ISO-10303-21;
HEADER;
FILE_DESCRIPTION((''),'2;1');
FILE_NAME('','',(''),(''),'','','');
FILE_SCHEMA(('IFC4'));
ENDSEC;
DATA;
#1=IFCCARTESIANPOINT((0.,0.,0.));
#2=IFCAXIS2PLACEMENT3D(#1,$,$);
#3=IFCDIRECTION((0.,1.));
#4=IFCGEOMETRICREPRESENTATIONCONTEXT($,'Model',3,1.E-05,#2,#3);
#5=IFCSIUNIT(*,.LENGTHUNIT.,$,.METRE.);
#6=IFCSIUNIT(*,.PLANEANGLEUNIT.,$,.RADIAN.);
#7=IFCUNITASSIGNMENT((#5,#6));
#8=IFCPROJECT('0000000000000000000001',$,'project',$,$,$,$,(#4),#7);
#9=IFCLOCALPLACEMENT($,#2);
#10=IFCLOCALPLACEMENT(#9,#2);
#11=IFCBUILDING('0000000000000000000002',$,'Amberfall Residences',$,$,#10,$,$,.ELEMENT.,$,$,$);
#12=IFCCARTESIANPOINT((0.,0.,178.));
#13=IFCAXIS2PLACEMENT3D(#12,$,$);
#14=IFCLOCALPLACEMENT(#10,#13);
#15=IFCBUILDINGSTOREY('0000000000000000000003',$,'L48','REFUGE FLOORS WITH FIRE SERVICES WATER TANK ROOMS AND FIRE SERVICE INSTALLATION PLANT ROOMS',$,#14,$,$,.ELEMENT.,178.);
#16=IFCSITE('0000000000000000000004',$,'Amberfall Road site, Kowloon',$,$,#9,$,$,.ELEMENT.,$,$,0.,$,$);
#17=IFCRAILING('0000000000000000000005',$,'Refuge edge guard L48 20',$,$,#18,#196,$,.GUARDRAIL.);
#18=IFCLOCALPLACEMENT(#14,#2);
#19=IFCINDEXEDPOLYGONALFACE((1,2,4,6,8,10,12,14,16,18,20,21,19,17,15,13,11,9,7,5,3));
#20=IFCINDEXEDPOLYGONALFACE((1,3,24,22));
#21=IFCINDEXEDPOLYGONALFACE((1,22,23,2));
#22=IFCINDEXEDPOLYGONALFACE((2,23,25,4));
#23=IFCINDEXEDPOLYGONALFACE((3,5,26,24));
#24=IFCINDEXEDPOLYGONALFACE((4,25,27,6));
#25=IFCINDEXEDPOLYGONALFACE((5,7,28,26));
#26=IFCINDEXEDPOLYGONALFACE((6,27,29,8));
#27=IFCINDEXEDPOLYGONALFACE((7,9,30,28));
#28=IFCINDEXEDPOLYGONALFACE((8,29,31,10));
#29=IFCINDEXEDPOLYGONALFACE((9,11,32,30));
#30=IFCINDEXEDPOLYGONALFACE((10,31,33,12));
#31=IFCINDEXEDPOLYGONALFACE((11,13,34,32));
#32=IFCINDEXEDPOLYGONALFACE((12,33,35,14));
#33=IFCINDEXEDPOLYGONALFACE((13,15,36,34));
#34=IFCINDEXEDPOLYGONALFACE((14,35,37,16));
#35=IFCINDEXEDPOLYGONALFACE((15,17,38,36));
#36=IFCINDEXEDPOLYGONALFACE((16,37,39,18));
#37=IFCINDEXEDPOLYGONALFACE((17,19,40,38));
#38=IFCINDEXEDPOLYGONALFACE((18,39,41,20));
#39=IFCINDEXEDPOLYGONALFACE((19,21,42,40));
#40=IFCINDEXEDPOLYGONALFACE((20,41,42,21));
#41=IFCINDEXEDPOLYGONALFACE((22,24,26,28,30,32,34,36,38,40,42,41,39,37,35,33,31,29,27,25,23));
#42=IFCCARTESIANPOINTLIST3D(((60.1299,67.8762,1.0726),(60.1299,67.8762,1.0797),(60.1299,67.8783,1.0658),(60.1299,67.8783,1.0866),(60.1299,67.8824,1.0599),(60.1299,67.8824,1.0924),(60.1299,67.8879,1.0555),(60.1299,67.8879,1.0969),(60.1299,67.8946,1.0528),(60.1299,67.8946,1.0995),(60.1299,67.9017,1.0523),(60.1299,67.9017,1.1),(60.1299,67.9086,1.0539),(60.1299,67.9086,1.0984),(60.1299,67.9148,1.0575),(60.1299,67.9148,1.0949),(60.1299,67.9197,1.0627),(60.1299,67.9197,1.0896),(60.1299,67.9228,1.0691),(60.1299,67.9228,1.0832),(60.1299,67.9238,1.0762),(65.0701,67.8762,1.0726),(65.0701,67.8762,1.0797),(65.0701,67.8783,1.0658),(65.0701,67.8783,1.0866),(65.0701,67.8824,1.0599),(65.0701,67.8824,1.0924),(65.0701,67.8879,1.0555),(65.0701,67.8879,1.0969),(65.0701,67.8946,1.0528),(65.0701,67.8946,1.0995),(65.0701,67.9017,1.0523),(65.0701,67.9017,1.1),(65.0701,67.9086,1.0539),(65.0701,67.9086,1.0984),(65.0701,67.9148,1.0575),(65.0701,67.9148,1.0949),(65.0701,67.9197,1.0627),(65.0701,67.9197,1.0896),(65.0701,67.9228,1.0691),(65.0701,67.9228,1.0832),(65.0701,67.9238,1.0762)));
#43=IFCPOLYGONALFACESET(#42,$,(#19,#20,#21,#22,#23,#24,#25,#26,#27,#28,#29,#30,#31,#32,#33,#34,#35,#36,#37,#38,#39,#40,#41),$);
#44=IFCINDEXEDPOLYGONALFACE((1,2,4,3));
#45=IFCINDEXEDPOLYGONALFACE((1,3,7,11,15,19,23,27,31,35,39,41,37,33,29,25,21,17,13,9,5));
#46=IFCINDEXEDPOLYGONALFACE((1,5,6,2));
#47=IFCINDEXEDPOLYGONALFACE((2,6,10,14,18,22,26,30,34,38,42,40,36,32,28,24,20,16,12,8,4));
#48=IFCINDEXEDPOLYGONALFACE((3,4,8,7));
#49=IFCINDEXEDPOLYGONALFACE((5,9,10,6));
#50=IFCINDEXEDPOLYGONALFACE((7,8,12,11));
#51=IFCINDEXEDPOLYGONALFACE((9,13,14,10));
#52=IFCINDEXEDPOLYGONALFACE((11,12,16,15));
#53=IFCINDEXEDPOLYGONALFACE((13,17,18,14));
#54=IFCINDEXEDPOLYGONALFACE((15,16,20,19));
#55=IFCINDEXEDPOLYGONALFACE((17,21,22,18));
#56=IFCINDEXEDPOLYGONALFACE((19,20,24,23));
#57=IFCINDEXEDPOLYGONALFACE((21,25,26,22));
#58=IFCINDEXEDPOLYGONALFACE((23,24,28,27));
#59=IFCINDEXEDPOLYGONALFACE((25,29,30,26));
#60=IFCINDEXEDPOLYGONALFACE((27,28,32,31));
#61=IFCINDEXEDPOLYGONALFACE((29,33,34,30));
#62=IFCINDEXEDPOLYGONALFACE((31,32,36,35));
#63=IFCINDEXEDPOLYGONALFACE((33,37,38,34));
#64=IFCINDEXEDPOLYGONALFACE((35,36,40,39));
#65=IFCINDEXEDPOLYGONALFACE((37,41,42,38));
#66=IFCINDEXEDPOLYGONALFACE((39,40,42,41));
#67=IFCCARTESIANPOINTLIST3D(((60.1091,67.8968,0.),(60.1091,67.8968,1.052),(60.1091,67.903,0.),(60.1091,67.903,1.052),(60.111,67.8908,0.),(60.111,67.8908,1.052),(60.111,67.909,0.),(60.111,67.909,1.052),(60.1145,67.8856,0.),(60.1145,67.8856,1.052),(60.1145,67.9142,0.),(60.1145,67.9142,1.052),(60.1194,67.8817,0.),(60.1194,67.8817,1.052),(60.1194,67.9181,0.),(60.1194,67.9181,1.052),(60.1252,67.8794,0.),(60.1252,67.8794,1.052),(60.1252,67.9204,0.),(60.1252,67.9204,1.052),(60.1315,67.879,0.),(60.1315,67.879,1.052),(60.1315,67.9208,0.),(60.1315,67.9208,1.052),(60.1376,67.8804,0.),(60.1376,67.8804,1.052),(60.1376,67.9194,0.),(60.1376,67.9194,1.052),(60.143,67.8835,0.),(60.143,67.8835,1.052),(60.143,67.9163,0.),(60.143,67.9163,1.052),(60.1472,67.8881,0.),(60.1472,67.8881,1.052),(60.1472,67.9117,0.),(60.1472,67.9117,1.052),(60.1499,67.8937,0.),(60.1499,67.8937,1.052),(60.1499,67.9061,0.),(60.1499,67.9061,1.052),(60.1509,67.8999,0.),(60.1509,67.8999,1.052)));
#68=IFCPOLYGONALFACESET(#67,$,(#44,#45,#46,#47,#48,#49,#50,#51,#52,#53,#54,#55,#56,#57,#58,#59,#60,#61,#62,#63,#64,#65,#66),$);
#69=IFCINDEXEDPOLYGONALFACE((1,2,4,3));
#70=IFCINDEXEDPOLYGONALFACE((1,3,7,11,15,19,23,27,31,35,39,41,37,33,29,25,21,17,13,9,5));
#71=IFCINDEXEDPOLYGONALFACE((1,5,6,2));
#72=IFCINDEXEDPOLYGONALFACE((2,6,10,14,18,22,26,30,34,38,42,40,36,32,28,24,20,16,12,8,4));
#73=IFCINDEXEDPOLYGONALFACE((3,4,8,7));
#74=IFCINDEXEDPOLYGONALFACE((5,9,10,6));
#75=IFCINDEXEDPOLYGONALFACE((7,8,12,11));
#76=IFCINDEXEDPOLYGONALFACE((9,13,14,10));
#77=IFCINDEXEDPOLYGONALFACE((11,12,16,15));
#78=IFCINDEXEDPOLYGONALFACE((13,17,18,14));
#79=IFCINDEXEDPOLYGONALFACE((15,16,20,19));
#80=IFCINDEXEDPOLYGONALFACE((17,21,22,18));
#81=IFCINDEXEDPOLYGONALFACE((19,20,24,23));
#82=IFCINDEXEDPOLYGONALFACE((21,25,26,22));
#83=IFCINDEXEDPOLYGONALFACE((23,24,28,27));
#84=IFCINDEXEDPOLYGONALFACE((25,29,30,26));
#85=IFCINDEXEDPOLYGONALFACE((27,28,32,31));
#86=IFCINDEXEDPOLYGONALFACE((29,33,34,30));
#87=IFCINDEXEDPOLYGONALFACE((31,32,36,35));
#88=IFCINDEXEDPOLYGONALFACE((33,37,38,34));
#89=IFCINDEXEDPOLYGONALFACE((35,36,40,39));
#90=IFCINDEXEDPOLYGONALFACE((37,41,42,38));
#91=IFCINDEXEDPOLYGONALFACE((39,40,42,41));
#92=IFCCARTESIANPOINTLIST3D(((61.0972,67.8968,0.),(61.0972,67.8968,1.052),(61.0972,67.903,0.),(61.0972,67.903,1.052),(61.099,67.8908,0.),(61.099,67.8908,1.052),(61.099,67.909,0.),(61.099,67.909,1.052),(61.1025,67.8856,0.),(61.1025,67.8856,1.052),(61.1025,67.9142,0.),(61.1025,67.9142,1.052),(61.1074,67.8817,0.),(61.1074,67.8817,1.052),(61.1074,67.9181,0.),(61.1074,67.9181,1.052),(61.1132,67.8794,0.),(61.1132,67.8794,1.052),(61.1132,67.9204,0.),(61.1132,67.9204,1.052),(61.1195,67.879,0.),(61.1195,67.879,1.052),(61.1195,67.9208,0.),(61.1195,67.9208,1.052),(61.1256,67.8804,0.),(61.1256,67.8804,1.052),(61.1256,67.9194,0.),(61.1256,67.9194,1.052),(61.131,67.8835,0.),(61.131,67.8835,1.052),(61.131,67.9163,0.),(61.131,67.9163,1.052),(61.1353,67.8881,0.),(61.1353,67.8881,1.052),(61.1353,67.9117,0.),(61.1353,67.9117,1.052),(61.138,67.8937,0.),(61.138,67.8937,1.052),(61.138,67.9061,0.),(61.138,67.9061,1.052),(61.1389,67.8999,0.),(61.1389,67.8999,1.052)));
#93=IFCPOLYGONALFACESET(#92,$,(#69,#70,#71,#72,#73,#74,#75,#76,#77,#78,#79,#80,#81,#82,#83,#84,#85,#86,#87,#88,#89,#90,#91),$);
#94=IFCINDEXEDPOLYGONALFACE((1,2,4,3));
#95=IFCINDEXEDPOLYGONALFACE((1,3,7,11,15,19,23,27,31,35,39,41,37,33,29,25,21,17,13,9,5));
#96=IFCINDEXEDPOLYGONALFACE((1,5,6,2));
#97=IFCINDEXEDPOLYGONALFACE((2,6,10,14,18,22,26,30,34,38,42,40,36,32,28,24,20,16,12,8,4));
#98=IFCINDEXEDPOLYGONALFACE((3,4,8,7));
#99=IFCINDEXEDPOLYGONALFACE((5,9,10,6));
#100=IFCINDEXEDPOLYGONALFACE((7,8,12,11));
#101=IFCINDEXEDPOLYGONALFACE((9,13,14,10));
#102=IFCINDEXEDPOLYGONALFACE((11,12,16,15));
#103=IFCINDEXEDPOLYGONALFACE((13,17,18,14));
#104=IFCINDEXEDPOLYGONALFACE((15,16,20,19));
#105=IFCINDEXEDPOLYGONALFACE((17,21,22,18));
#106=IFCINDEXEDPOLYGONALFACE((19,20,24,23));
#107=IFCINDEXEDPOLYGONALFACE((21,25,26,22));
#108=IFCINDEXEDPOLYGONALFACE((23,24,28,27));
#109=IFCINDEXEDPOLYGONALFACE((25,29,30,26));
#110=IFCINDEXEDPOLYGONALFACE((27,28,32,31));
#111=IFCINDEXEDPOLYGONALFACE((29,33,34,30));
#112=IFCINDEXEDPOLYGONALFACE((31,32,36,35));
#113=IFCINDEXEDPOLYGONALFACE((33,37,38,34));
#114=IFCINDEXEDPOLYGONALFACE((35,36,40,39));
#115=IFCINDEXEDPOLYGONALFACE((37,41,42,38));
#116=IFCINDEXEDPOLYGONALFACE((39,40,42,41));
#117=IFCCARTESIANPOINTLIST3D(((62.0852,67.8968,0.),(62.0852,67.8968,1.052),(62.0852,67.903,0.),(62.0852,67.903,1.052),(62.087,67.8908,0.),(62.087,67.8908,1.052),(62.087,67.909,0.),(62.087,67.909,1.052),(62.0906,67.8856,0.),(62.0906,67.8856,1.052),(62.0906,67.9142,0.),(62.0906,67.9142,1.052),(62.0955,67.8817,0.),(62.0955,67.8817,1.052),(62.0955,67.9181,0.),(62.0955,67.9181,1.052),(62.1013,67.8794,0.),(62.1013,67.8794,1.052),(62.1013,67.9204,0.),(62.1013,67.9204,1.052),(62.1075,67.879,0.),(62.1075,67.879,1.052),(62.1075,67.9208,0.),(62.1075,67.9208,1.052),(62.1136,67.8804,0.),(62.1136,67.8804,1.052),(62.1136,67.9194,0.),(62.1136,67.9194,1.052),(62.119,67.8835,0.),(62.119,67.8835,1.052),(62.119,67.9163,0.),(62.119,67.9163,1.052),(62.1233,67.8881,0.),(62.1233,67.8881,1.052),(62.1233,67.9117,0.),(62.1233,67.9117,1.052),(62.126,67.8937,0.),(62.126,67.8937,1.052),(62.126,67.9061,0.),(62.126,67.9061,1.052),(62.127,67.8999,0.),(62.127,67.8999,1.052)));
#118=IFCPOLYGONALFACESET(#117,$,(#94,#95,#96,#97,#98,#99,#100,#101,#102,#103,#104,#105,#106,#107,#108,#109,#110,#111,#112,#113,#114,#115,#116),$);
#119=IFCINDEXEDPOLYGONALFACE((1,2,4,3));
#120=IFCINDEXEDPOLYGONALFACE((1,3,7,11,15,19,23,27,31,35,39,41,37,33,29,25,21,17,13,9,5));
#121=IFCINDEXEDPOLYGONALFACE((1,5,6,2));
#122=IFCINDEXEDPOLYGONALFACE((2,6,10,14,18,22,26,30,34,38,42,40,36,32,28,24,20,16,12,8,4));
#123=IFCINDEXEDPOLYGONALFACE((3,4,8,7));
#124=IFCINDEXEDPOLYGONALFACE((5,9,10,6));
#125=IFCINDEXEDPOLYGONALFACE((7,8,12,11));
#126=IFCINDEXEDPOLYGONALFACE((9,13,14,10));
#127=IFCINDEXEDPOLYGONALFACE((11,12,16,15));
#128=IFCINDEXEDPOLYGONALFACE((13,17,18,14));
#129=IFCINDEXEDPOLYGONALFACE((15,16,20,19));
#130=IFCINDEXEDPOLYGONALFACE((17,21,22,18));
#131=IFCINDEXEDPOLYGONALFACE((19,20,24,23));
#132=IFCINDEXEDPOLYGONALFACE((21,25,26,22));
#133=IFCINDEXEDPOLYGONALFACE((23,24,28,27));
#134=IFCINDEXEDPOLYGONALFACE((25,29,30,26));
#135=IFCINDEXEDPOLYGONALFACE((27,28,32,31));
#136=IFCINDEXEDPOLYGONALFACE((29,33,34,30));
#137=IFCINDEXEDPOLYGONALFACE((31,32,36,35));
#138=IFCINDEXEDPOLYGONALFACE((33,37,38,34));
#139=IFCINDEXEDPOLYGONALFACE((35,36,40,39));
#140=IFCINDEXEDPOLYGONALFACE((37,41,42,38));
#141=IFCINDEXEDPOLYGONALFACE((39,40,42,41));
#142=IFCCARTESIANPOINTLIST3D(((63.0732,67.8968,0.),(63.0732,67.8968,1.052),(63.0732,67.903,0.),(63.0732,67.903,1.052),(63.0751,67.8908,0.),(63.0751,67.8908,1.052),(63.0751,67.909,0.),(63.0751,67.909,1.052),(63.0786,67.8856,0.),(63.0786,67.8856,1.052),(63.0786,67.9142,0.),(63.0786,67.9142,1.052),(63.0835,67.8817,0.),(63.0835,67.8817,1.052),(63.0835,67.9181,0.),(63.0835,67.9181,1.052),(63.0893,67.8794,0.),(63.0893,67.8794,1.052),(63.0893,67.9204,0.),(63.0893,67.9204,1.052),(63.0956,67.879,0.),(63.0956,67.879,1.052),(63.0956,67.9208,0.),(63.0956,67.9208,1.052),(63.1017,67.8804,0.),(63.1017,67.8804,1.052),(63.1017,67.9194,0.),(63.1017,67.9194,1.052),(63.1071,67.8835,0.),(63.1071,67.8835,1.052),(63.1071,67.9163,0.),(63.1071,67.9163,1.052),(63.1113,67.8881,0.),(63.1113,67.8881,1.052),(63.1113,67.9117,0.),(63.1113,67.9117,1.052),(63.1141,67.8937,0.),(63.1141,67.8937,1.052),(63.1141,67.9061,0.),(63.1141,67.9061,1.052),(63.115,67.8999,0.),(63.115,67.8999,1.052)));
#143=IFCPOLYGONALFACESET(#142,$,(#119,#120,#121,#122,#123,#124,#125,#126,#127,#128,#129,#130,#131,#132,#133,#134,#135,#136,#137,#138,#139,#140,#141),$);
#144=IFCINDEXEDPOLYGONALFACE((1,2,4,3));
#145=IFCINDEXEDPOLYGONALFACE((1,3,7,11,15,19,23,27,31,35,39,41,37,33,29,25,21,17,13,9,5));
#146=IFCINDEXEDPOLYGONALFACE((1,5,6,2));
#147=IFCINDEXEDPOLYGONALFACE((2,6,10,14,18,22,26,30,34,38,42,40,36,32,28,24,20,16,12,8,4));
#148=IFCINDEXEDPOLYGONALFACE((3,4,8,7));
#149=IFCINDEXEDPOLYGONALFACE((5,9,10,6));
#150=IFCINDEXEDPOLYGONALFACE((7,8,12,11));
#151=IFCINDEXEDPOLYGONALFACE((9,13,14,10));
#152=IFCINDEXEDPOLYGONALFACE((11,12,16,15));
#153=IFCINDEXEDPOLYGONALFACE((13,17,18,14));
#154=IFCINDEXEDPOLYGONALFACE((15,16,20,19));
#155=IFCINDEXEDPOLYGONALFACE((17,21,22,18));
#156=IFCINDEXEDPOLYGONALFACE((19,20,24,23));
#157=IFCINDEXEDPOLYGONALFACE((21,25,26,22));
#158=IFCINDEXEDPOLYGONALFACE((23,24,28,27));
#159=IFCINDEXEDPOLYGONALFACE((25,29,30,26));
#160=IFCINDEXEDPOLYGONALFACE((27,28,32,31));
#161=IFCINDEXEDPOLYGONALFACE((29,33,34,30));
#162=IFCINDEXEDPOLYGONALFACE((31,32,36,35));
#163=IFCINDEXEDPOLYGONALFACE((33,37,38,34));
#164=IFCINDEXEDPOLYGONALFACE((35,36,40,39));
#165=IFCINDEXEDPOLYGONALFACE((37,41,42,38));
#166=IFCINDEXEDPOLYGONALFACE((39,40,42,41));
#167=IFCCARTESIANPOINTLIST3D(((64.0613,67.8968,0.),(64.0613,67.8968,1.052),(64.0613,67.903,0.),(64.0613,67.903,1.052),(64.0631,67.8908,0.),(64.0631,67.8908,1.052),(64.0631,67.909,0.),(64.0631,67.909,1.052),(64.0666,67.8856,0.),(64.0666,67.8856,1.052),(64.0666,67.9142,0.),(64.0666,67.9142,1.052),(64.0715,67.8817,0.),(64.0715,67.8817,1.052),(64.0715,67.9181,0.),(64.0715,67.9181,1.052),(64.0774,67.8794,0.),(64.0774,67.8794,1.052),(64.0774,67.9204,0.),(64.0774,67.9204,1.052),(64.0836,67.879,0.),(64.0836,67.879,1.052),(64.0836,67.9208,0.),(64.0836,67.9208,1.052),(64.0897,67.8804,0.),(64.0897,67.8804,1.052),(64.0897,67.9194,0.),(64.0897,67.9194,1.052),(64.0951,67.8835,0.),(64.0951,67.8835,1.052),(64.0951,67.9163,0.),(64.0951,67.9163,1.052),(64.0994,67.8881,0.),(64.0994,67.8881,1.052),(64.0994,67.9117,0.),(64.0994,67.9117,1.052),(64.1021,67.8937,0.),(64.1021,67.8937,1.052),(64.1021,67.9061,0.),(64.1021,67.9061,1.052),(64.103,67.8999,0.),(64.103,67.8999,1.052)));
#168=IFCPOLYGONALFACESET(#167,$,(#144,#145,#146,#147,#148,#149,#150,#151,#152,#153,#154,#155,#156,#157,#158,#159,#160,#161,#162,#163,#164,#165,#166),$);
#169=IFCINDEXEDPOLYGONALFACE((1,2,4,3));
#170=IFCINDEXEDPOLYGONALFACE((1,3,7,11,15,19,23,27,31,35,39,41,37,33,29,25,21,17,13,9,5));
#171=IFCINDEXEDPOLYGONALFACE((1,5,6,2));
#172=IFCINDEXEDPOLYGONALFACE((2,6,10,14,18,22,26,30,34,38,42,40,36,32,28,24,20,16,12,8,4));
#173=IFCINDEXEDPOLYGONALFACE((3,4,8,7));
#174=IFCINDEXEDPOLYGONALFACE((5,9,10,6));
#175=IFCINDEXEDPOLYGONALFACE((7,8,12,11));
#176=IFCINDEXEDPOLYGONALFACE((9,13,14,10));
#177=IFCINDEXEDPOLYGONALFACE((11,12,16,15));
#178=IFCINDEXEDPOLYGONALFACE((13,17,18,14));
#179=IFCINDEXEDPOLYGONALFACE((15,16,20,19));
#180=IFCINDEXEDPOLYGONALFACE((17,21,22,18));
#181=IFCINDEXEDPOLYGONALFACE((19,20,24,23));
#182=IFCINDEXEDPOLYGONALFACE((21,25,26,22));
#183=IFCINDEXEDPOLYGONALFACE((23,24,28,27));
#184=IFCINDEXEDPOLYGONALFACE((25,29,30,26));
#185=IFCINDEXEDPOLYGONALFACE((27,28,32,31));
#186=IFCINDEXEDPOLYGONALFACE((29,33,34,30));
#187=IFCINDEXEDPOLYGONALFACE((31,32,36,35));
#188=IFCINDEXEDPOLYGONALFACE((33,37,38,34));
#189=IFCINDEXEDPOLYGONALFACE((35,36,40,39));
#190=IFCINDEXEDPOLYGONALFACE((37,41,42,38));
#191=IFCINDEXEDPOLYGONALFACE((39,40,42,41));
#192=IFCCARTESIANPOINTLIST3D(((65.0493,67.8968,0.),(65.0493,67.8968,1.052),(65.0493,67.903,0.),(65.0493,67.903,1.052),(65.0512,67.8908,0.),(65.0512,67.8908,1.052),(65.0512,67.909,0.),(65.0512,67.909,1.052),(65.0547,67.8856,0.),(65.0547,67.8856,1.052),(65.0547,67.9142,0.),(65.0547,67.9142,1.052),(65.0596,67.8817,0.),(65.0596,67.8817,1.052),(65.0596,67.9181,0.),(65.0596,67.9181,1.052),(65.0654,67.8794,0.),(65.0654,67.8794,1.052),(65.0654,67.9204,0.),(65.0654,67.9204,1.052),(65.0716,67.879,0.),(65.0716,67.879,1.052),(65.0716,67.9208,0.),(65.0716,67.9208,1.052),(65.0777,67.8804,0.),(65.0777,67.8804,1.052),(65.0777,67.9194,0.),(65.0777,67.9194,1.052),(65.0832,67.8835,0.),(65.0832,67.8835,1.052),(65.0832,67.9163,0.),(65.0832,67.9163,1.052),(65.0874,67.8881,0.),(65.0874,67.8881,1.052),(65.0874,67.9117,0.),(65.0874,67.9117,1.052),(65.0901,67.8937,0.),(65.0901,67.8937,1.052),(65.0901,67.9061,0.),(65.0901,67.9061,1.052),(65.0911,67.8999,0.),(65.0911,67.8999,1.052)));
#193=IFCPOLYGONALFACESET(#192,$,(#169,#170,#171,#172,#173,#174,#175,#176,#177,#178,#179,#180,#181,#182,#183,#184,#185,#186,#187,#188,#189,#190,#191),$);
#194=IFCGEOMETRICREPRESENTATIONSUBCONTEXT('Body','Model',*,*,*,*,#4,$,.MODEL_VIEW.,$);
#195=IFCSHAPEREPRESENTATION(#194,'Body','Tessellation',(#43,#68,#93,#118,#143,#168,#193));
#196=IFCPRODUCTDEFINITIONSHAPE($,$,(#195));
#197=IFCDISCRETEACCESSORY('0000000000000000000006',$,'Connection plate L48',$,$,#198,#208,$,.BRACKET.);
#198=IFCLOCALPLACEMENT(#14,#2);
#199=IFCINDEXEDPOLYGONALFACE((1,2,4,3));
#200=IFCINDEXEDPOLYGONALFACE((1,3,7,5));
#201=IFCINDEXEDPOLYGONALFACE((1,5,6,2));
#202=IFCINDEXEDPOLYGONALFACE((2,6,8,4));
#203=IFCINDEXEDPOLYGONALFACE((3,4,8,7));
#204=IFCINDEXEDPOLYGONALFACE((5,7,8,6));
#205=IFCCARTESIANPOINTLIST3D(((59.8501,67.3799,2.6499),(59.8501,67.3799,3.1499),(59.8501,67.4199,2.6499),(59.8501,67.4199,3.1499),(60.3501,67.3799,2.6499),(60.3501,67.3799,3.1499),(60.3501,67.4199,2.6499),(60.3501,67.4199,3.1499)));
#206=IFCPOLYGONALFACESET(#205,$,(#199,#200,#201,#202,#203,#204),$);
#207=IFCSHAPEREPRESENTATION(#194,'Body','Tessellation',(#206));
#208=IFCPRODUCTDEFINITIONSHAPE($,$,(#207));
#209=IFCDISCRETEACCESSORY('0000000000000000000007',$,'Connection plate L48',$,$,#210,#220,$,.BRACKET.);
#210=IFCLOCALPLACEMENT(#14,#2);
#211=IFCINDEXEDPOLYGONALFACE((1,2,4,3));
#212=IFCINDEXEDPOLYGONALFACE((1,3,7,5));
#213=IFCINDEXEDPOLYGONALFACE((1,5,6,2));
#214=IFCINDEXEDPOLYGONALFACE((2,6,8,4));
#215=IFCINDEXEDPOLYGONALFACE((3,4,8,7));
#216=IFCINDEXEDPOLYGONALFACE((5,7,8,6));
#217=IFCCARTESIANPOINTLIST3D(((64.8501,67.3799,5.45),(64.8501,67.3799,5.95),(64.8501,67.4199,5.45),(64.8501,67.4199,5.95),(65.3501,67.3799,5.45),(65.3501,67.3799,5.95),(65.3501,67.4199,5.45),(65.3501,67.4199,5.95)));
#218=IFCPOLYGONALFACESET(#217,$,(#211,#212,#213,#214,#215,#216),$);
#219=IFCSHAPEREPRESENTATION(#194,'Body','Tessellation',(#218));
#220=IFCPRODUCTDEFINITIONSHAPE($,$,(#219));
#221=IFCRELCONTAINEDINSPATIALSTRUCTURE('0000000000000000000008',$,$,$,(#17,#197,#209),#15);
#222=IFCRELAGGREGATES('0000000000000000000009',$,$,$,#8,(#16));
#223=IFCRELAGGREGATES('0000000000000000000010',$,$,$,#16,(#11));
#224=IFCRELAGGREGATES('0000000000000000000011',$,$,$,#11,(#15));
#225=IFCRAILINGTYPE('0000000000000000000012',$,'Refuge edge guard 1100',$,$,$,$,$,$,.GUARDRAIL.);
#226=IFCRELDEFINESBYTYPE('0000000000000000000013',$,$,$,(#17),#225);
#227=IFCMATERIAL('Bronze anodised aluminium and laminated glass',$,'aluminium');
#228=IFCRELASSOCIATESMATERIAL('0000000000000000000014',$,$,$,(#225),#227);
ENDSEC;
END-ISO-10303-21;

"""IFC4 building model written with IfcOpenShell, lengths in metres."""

from ifc_helpers import new_model, si_unit, direction, frame, origin, origin_2d, place, context, subcontext, project, spatial, rectangle, circle, extrude, material, type_object, element, save


model = new_model("IFC4")

# Units and contexts
model_context = context("Model", 3, precision=1e-05, world=origin(), true_north=direction((0.0, 1.0)))
body_context = subcontext(model_context, "Body", "Model", "MODEL_VIEW")
ifc_project = project(units=[si_unit("LENGTHUNIT", "METRE"), si_unit("PLANEANGLEUNIT", "RADIAN")], contexts=[model_context])

# Site, building, storey
site_placement = place(None, origin())
site = spatial("IfcSite", under=ifc_project, at=site_placement, Name="Amberfall Road site, Kowloon", CompositionType="ELEMENT", RefElevation=0.0)
building_placement = place(site_placement, origin())
building = spatial("IfcBuilding", under=site, at=building_placement, Name="Amberfall Residences", CompositionType="ELEMENT")
storey_placement = place(building_placement, frame((0.0, 0.0, 178.0)))
storey = spatial("IfcBuildingStorey", under=building, at=storey_placement, Name="L48", Description="REFUGE FLOORS WITH FIRE SERVICES WATER TANK ROOMS AND FIRE SERVICE INSTALLATION PLANT ROOMS", CompositionType="ELEMENT", Elevation=178.0)

# Railing
ifc_material_1 = material(Name="Bronze anodised aluminium and laminated glass", Category="aluminium")
railing_type = type_object("IfcRailingType", Name="Refuge edge guard 1100", PredefinedType="GUARDRAIL", material=ifc_material_1)
railing_placement = place(storey_placement, frame((60.1299, 67.8999, 0.0)))
element("IfcRailing", 1, at=railing_placement, inside=storey, type_object=railing_type, Name="Refuge edge guard L48 20", PredefinedType="GUARDRAIL", context=body_context, shape_type="SweptSolid", body=[
    extrude(circle(Radius=0.0239, at=origin_2d()), frame((0.0, 0.0, 1.0762), z_axis=(1.0, 0.0, 0.0), x_axis=(0.0, 1.0, 0.0)), (0.0, 0.0, 1.0), 4.9402),
    extrude(circle(Radius=0.021, at=origin_2d()), origin(), (0.0, 0.0, 1.0), 1.052),
    extrude(circle(Radius=0.021, at=origin_2d()), frame((0.988, 0.0, 0.0)), (0.0, 0.0, 1.0), 1.052),
    extrude(circle(Radius=0.021, at=origin_2d()), frame((1.9761, 0.0, 0.0)), (0.0, 0.0, 1.0), 1.052),
    extrude(circle(Radius=0.021, at=origin_2d()), frame((2.9641, 0.0, 0.0)), (0.0, 0.0, 1.0), 1.052),
    extrude(circle(Radius=0.021, at=origin_2d()), frame((3.9521, 0.0, 0.0)), (0.0, 0.0, 1.0), 1.052),
    extrude(circle(Radius=0.021, at=origin_2d()), frame((4.9402, 0.0, 0.0)), (0.0, 0.0, 1.0), 1.052),
])

# Discrete accessories
for number, where, z_axis, x_axis, name in (
    (2, (60.1001, 67.3999, 2.6499), (0.0, 0.0, 1.0), (1.0, 0.0, 0.0), "Connection plate L48"),
    (3, (65.1001, 67.3999, 5.45), (0.0, 0.0, 1.0), (1.0, 0.0, 0.0), "Connection plate L48"),
):
    element("IfcDiscreteAccessory", number, at=place(storey_placement, frame(where, z_axis=z_axis, x_axis=x_axis)), inside=storey, Name=name, PredefinedType="BRACKET", context=body_context, shape_type="SweptSolid", body=[
        extrude(rectangle(XDim=0.5, YDim=0.04, at=origin_2d()), origin(), (0.0, 0.0, 1.0), 0.5),
    ])

save(model, "model.ifc")
